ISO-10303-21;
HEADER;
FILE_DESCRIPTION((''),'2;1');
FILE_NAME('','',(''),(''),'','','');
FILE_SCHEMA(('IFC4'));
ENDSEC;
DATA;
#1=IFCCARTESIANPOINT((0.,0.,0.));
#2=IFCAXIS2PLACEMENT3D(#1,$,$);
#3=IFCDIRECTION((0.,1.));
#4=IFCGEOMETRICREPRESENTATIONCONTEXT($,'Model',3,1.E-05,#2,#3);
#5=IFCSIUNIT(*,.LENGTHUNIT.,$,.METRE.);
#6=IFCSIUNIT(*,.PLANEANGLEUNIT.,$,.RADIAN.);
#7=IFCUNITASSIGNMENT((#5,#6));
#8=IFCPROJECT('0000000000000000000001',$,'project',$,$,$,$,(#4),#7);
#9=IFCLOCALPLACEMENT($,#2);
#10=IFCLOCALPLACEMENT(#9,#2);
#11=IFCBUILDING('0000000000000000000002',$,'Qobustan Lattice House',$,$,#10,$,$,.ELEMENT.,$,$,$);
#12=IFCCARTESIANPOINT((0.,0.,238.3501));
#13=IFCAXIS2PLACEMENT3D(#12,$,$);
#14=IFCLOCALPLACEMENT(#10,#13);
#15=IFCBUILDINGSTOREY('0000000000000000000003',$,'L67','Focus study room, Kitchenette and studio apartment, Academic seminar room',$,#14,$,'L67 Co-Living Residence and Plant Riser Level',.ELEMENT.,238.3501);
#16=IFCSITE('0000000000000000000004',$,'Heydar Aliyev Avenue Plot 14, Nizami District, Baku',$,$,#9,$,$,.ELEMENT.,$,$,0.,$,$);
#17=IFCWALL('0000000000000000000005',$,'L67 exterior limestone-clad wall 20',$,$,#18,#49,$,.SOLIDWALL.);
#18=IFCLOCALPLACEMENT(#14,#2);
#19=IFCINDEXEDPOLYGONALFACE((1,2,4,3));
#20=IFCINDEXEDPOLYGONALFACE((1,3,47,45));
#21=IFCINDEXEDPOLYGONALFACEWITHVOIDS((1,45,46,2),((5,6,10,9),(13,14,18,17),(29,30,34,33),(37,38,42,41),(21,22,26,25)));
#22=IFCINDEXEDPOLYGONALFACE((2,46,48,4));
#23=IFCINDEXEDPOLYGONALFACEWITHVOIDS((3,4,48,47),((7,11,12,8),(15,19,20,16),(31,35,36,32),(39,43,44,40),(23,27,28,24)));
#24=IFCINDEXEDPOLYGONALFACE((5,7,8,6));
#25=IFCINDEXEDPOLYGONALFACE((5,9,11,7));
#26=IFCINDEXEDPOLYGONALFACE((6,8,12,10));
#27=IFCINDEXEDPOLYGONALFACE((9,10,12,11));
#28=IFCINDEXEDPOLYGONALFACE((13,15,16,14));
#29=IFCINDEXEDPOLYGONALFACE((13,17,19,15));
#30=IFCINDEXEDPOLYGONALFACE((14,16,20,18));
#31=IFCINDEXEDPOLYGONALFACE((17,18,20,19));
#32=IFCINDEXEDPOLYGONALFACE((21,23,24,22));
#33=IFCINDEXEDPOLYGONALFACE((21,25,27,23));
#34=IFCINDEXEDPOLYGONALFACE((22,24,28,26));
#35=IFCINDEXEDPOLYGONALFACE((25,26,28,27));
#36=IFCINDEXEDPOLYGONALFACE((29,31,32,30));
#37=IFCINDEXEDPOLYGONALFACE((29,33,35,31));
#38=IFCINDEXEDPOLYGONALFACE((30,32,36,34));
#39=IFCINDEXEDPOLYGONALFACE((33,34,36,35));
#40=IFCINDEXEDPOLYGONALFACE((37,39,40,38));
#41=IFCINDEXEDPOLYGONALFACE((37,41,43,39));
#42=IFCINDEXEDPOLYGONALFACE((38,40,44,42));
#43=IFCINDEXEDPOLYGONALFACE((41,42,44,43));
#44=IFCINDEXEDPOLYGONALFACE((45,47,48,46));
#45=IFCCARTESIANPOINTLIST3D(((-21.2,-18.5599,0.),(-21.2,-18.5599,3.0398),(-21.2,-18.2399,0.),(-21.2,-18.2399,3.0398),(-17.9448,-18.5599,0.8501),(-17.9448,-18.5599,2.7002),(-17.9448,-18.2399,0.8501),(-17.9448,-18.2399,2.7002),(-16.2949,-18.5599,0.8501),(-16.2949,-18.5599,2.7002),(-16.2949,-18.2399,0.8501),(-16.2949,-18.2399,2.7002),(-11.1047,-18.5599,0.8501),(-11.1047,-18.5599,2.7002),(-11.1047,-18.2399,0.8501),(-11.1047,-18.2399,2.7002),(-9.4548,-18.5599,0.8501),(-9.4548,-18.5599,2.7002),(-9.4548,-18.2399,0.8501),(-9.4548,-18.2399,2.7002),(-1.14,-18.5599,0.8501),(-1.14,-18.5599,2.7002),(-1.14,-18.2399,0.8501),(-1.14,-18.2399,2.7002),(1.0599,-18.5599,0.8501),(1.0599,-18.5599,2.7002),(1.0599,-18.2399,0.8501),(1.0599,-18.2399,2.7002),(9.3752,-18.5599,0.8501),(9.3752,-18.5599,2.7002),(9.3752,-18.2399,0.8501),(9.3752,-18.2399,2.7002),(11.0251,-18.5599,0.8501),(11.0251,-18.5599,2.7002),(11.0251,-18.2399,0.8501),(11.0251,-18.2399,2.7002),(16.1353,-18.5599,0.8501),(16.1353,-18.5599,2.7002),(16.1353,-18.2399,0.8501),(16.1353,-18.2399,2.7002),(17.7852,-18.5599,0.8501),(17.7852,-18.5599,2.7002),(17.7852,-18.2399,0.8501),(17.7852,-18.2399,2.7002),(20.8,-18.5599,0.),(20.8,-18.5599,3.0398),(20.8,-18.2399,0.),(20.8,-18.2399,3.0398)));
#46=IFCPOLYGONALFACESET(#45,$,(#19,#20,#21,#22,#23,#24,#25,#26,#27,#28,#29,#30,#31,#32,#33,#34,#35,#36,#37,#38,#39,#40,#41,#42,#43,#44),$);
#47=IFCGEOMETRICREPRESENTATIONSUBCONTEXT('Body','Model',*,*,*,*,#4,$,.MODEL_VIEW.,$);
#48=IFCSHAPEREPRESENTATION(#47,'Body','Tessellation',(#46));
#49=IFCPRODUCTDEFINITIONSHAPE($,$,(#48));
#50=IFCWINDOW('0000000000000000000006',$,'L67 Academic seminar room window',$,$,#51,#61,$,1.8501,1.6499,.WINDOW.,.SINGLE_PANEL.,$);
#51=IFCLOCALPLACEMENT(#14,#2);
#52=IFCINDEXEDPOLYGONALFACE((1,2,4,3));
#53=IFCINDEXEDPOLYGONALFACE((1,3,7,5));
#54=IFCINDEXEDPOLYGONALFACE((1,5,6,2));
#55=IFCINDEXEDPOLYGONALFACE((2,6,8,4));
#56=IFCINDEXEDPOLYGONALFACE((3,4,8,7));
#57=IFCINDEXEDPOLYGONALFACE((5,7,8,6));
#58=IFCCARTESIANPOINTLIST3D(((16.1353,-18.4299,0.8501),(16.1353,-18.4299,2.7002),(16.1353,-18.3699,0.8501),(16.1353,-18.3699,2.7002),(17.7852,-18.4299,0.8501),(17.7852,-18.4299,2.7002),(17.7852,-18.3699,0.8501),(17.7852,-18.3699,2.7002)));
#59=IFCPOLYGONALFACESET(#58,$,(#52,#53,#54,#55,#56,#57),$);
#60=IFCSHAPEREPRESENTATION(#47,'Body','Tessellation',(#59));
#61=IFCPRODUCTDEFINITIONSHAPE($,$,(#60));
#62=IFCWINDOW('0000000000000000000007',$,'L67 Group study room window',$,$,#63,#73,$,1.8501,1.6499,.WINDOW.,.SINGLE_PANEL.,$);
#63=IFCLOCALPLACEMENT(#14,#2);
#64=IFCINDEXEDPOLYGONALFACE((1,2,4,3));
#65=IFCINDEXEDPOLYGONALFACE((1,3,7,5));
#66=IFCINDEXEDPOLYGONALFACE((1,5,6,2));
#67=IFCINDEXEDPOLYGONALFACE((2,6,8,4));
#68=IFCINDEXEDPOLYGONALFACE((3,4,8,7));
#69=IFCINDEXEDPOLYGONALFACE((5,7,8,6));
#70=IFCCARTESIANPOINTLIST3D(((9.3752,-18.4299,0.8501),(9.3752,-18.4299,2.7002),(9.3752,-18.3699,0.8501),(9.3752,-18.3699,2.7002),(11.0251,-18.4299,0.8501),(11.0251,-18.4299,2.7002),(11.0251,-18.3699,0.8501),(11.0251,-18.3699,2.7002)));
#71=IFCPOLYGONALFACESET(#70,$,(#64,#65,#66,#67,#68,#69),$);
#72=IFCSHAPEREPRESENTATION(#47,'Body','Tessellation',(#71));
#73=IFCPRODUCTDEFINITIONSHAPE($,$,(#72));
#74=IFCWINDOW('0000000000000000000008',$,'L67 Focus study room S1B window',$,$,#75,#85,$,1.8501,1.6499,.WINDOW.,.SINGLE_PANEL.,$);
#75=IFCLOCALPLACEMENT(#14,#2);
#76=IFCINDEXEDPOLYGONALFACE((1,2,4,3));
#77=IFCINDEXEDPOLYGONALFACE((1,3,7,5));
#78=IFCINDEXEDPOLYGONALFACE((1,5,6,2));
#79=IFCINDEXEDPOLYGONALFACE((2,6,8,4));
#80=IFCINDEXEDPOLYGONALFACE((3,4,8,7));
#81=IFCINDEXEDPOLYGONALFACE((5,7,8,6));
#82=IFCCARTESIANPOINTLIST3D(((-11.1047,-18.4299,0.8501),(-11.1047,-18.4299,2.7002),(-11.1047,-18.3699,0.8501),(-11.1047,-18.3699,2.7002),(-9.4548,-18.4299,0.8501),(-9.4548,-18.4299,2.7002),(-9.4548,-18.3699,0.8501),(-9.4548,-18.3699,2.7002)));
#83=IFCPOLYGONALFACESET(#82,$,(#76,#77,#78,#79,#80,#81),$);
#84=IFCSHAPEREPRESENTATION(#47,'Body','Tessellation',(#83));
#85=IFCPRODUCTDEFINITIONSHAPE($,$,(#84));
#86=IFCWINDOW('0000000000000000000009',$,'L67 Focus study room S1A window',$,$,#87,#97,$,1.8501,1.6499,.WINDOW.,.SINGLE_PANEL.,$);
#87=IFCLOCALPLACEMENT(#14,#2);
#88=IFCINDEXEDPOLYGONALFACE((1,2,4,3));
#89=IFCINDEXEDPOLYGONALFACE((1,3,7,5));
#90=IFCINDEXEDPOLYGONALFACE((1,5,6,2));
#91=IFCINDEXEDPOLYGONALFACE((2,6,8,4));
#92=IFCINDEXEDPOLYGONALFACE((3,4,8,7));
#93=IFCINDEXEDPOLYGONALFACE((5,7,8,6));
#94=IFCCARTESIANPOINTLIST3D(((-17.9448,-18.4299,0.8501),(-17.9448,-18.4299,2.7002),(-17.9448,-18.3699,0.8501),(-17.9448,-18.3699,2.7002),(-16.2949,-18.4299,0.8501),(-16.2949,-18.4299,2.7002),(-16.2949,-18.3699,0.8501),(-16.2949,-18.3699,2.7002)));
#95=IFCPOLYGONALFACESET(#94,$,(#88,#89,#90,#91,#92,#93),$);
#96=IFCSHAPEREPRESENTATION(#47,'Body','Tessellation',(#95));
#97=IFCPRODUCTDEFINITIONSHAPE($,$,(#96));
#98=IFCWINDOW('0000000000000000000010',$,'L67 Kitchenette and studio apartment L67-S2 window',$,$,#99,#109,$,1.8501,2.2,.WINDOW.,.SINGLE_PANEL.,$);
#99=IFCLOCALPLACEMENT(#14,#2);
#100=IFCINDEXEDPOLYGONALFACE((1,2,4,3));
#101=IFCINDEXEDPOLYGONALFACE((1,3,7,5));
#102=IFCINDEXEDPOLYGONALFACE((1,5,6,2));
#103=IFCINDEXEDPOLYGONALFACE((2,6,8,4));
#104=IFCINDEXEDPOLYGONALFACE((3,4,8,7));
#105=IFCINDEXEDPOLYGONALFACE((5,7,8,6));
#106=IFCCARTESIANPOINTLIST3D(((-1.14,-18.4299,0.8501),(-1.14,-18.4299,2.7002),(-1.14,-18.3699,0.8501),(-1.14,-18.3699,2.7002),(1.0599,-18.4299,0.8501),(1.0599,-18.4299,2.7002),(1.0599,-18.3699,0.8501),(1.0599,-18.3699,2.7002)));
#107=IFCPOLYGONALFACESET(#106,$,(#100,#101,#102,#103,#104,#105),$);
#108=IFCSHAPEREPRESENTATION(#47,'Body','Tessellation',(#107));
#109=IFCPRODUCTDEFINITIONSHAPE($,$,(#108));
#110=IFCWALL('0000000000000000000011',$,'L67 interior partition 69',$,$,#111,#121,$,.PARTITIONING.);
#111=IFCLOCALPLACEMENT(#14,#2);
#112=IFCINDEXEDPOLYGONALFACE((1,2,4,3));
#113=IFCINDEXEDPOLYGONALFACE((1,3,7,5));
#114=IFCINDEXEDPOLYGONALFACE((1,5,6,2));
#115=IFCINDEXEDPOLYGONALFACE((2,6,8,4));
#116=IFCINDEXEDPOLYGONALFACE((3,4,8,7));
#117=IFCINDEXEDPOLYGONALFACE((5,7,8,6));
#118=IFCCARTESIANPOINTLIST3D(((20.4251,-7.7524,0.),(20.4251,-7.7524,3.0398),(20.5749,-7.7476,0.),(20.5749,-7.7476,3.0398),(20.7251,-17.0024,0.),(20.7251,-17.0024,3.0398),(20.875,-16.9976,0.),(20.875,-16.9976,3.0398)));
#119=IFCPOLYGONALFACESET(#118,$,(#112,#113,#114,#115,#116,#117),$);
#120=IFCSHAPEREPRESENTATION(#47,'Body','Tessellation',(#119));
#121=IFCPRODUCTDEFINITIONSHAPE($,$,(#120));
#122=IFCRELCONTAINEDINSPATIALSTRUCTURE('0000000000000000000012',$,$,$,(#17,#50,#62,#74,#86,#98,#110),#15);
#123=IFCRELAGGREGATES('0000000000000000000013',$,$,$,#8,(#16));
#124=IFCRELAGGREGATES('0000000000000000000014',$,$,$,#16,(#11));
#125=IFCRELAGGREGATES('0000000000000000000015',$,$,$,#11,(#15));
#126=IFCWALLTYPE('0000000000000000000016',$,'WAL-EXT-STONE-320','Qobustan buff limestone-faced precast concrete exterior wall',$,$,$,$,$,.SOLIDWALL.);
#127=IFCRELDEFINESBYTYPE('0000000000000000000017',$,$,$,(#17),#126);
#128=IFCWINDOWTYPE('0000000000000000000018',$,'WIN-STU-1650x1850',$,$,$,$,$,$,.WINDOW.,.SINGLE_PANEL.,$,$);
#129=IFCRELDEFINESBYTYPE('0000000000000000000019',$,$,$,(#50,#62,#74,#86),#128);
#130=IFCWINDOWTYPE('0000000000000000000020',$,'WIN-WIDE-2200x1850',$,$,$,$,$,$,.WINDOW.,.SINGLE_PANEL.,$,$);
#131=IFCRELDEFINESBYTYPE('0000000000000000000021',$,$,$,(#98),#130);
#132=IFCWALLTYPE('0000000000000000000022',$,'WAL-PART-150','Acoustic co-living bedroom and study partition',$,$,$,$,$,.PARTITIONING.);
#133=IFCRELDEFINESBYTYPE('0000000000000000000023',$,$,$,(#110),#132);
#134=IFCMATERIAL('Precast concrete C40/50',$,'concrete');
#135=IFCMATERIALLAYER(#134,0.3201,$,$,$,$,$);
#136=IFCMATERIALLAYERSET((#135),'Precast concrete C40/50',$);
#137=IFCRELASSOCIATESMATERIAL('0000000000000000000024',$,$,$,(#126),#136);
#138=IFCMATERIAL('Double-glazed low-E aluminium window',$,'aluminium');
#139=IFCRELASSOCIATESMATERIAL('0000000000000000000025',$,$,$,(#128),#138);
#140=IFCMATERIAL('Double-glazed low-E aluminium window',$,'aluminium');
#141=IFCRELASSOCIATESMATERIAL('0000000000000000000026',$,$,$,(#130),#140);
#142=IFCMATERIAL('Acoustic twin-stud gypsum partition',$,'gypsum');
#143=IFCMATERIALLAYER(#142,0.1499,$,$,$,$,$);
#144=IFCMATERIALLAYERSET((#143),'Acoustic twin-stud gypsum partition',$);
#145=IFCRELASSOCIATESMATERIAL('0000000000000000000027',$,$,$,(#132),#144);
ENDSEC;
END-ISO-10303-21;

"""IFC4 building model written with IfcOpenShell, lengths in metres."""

from ifc_helpers import new_model, si_unit, direction, frame, frame_2d, origin, place, context, subcontext, project, spatial, rectangle, extrude, material, layer, layer_set, type_object, element, fill, save


model = new_model("IFC4")

# Units and contexts
model_context = context("Model", 3, precision=1e-05, world=origin(), true_north=direction((0.0, 1.0)))
body_context = subcontext(model_context, "Body", "Model", "MODEL_VIEW")
ifc_project = project(units=[si_unit("LENGTHUNIT", "METRE"), si_unit("PLANEANGLEUNIT", "RADIAN")], contexts=[model_context])

# Site, building, storey
site_placement = place(None, origin())
site = spatial("IfcSite", under=ifc_project, at=site_placement, Name="Heydar Aliyev Avenue Plot 14, Nizami District, Baku", CompositionType="ELEMENT", RefElevation=0.0)
building_placement = place(site_placement, origin())
building = spatial("IfcBuilding", under=site, at=building_placement, Name="Qobustan Lattice House", CompositionType="ELEMENT")
storey_placement = place(building_placement, frame((0.0, 0.0, 238.3501)))
storey = spatial("IfcBuildingStorey", under=building, at=storey_placement, Name="L67", Description="Focus study room, Kitchenette and studio apartment, Academic seminar room", LongName="L67 Co-Living Residence and Plant Riser Level", CompositionType="ELEMENT", Elevation=238.3501)

# Shared definitions
ifc_material_1 = material(Name="Precast concrete C40/50", Category="concrete")
ifc_layer_1 = layer(ifc_material_1, 0.3201)
ifc_layer_set_1 = layer_set([ifc_layer_1], Name="Precast concrete C40/50")
wall_type_1 = type_object("IfcWallType", Name="WAL-EXT-STONE-320", Description="Qobustan buff limestone-faced precast concrete exterior wall", PredefinedType="SOLIDWALL", material=ifc_layer_set_1)

# Wall, openings, windows
wall_1_placement = place(storey_placement, frame((20.8, -18.3999, 0.0), z_axis=(0.0, 0.0, 1.0), x_axis=(-1.0, 0.0, 0.0)))
wall_1 = element("IfcWall", 1, at=wall_1_placement, inside=storey, type_object=wall_type_1, Name="L67 exterior limestone-clad wall 20", PredefinedType="SOLIDWALL", context=body_context, shape_type="SweptSolid", body=[
    extrude(rectangle(XDim=42.0, YDim=0.3201, at=frame_2d((21.0, 0.0))), origin(), (0.0, 0.0, 1.0), 3.0398),
])
opening_1_placement = place(wall_1_placement, frame((3.0149, 0.0, 0.8501)))
opening_1 = element("IfcOpeningElement", 2, at=opening_1_placement, cuts=wall_1, PredefinedType="OPENING", context=body_context, shape_type="SweptSolid", body=[
    extrude(rectangle(XDim=1.6499, YDim=1.8501, at=frame_2d((0.825, 0.925))), frame((0.0, 0.1699, 0.0), z_axis=(0.0, -1.0, 0.0), x_axis=(1.0, 0.0, 0.0)), (0.0, 0.0, 1.0), 0.3401),
])
opening_2_placement = place(wall_1_placement, frame((9.7749, 0.0, 0.8501)))
opening_2 = element("IfcOpeningElement", 3, at=opening_2_placement, cuts=wall_1, PredefinedType="OPENING", context=body_context, shape_type="SweptSolid", body=[
    extrude(rectangle(XDim=1.6499, YDim=1.8501, at=frame_2d((0.825, 0.925))), frame((0.0, 0.1699, 0.0), z_axis=(0.0, -1.0, 0.0), x_axis=(1.0, 0.0, 0.0)), (0.0, 0.0, 1.0), 0.3401),
])
opening_3_placement = place(wall_1_placement, frame((19.74, 0.0, 0.8501)))
opening_3 = element("IfcOpeningElement", 4, at=opening_3_placement, cuts=wall_1, PredefinedType="OPENING", context=body_context, shape_type="SweptSolid", body=[
    extrude(rectangle(XDim=2.2, YDim=1.8501, at=frame_2d((1.1001, 0.925))), frame((0.0, 0.1699, 0.0), z_axis=(0.0, -1.0, 0.0), x_axis=(1.0, 0.0, 0.0)), (0.0, 0.0, 1.0), 0.3401),
])
opening_4_placement = place(wall_1_placement, frame((30.2549, 0.0, 0.8501)))
opening_4 = element("IfcOpeningElement", 5, at=opening_4_placement, cuts=wall_1, PredefinedType="OPENING", context=body_context, shape_type="SweptSolid", body=[
    extrude(rectangle(XDim=1.6499, YDim=1.8501, at=frame_2d((0.825, 0.925))), frame((0.0, 0.1699, 0.0), z_axis=(0.0, -1.0, 0.0), x_axis=(1.0, 0.0, 0.0)), (0.0, 0.0, 1.0), 0.3401),
])
opening_5_placement = place(wall_1_placement, frame((37.095, 0.0, 0.8501)))
opening_5 = element("IfcOpeningElement", 6, at=opening_5_placement, cuts=wall_1, PredefinedType="OPENING", context=body_context, shape_type="SweptSolid", body=[
    extrude(rectangle(XDim=1.6499, YDim=1.8501, at=frame_2d((0.825, 0.925))), frame((0.0, 0.1699, 0.0), z_axis=(0.0, -1.0, 0.0), x_axis=(1.0, 0.0, 0.0)), (0.0, 0.0, 1.0), 0.3401),
])
ifc_material_2 = material(Name="Double-glazed low-E aluminium window", Category="aluminium")
window_type_1 = type_object("IfcWindowType", Name="WIN-STU-1650x1850", PartitioningType="SINGLE_PANEL", PredefinedType="WINDOW", material=ifc_material_2)
window_1_placement = place(opening_1_placement, origin())
window_1 = element("IfcWindow", 7, at=window_1_placement, inside=storey, type_object=window_type_1, Name="L67 Academic seminar room window", OverallHeight=1.8501, OverallWidth=1.6499, PartitioningType="SINGLE_PANEL", PredefinedType="WINDOW", context=body_context, shape_type="SweptSolid", body=[
    extrude(rectangle(XDim=1.6499, YDim=1.8501, at=frame_2d((0.825, 0.925))), frame((0.0, 0.03, 0.0), z_axis=(0.0, -1.0, 0.0), x_axis=(1.0, 0.0, 0.0)), (0.0, 0.0, 1.0), 0.0601),
])
fill(opening_1, window_1)
window_2_placement = place(opening_2_placement, origin())
window_2 = element("IfcWindow", 8, at=window_2_placement, inside=storey, type_object=window_type_1, Name="L67 Group study room window", OverallHeight=1.8501, OverallWidth=1.6499, PartitioningType="SINGLE_PANEL", PredefinedType="WINDOW", context=body_context, shape_type="SweptSolid", body=[
    extrude(rectangle(XDim=1.6499, YDim=1.8501, at=frame_2d((0.825, 0.925))), frame((0.0, 0.03, 0.0), z_axis=(0.0, -1.0, 0.0), x_axis=(1.0, 0.0, 0.0)), (0.0, 0.0, 1.0), 0.0601),
])
fill(opening_2, window_2)
window_3_placement = place(opening_4_placement, origin())
window_3 = element("IfcWindow", 9, at=window_3_placement, inside=storey, type_object=window_type_1, Name="L67 Focus study room S1B window", OverallHeight=1.8501, OverallWidth=1.6499, PartitioningType="SINGLE_PANEL", PredefinedType="WINDOW", context=body_context, shape_type="SweptSolid", body=[
    extrude(rectangle(XDim=1.6499, YDim=1.8501, at=frame_2d((0.825, 0.925))), frame((0.0, 0.03, 0.0), z_axis=(0.0, -1.0, 0.0), x_axis=(1.0, 0.0, 0.0)), (0.0, 0.0, 1.0), 0.0601),
])
fill(opening_4, window_3)
window_4_placement = place(opening_5_placement, origin())
window_4 = element("IfcWindow", 10, at=window_4_placement, inside=storey, type_object=window_type_1, Name="L67 Focus study room S1A window", OverallHeight=1.8501, OverallWidth=1.6499, PartitioningType="SINGLE_PANEL", PredefinedType="WINDOW", context=body_context, shape_type="SweptSolid", body=[
    extrude(rectangle(XDim=1.6499, YDim=1.8501, at=frame_2d((0.825, 0.925))), frame((0.0, 0.03, 0.0), z_axis=(0.0, -1.0, 0.0), x_axis=(1.0, 0.0, 0.0)), (0.0, 0.0, 1.0), 0.0601),
])
fill(opening_5, window_4)
ifc_material_3 = material(Name="Double-glazed low-E aluminium window", Category="aluminium")
window_type_2 = type_object("IfcWindowType", Name="WIN-WIDE-2200x1850", PartitioningType="SINGLE_PANEL", PredefinedType="WINDOW", material=ifc_material_3)
window_5_placement = place(opening_3_placement, origin())
window_5 = element("IfcWindow", 11, at=window_5_placement, inside=storey, type_object=window_type_2, Name="L67 Kitchenette and studio apartment L67-S2 window", OverallHeight=1.8501, OverallWidth=2.2, PartitioningType="SINGLE_PANEL", PredefinedType="WINDOW", context=body_context, shape_type="SweptSolid", body=[
    extrude(rectangle(XDim=2.2, YDim=1.8501, at=frame_2d((1.1001, 0.925))), frame((0.0, 0.03, 0.0), z_axis=(0.0, -1.0, 0.0), x_axis=(1.0, 0.0, 0.0)), (0.0, 0.0, 1.0), 0.0601),
])
fill(opening_3, window_5)

# Wall
ifc_material_4 = material(Name="Acoustic twin-stud gypsum partition", Category="gypsum")
ifc_layer_2 = layer(ifc_material_4, 0.1499)
ifc_layer_set_2 = layer_set([ifc_layer_2], Name="Acoustic twin-stud gypsum partition")
wall_type_2 = type_object("IfcWallType", Name="WAL-PART-150", Description="Acoustic co-living bedroom and study partition", PredefinedType="PARTITIONING", material=ifc_layer_set_2)
wall_2_placement = place(storey_placement, frame((20.8, -17.0, 0.0), z_axis=(0.0, 0.0, 1.0), x_axis=(-0.032421, 0.999474, 0.0)))
element("IfcWall", 12, at=wall_2_placement, inside=storey, type_object=wall_type_2, Name="L67 interior partition 69", PredefinedType="PARTITIONING", context=body_context, shape_type="SweptSolid", body=[
    extrude(rectangle(XDim=9.2549, YDim=0.1499, at=frame_2d((4.6274, 0.0))), origin(), (0.0, 0.0, 1.0), 3.0398),
])

save(model, "model.ifc")
